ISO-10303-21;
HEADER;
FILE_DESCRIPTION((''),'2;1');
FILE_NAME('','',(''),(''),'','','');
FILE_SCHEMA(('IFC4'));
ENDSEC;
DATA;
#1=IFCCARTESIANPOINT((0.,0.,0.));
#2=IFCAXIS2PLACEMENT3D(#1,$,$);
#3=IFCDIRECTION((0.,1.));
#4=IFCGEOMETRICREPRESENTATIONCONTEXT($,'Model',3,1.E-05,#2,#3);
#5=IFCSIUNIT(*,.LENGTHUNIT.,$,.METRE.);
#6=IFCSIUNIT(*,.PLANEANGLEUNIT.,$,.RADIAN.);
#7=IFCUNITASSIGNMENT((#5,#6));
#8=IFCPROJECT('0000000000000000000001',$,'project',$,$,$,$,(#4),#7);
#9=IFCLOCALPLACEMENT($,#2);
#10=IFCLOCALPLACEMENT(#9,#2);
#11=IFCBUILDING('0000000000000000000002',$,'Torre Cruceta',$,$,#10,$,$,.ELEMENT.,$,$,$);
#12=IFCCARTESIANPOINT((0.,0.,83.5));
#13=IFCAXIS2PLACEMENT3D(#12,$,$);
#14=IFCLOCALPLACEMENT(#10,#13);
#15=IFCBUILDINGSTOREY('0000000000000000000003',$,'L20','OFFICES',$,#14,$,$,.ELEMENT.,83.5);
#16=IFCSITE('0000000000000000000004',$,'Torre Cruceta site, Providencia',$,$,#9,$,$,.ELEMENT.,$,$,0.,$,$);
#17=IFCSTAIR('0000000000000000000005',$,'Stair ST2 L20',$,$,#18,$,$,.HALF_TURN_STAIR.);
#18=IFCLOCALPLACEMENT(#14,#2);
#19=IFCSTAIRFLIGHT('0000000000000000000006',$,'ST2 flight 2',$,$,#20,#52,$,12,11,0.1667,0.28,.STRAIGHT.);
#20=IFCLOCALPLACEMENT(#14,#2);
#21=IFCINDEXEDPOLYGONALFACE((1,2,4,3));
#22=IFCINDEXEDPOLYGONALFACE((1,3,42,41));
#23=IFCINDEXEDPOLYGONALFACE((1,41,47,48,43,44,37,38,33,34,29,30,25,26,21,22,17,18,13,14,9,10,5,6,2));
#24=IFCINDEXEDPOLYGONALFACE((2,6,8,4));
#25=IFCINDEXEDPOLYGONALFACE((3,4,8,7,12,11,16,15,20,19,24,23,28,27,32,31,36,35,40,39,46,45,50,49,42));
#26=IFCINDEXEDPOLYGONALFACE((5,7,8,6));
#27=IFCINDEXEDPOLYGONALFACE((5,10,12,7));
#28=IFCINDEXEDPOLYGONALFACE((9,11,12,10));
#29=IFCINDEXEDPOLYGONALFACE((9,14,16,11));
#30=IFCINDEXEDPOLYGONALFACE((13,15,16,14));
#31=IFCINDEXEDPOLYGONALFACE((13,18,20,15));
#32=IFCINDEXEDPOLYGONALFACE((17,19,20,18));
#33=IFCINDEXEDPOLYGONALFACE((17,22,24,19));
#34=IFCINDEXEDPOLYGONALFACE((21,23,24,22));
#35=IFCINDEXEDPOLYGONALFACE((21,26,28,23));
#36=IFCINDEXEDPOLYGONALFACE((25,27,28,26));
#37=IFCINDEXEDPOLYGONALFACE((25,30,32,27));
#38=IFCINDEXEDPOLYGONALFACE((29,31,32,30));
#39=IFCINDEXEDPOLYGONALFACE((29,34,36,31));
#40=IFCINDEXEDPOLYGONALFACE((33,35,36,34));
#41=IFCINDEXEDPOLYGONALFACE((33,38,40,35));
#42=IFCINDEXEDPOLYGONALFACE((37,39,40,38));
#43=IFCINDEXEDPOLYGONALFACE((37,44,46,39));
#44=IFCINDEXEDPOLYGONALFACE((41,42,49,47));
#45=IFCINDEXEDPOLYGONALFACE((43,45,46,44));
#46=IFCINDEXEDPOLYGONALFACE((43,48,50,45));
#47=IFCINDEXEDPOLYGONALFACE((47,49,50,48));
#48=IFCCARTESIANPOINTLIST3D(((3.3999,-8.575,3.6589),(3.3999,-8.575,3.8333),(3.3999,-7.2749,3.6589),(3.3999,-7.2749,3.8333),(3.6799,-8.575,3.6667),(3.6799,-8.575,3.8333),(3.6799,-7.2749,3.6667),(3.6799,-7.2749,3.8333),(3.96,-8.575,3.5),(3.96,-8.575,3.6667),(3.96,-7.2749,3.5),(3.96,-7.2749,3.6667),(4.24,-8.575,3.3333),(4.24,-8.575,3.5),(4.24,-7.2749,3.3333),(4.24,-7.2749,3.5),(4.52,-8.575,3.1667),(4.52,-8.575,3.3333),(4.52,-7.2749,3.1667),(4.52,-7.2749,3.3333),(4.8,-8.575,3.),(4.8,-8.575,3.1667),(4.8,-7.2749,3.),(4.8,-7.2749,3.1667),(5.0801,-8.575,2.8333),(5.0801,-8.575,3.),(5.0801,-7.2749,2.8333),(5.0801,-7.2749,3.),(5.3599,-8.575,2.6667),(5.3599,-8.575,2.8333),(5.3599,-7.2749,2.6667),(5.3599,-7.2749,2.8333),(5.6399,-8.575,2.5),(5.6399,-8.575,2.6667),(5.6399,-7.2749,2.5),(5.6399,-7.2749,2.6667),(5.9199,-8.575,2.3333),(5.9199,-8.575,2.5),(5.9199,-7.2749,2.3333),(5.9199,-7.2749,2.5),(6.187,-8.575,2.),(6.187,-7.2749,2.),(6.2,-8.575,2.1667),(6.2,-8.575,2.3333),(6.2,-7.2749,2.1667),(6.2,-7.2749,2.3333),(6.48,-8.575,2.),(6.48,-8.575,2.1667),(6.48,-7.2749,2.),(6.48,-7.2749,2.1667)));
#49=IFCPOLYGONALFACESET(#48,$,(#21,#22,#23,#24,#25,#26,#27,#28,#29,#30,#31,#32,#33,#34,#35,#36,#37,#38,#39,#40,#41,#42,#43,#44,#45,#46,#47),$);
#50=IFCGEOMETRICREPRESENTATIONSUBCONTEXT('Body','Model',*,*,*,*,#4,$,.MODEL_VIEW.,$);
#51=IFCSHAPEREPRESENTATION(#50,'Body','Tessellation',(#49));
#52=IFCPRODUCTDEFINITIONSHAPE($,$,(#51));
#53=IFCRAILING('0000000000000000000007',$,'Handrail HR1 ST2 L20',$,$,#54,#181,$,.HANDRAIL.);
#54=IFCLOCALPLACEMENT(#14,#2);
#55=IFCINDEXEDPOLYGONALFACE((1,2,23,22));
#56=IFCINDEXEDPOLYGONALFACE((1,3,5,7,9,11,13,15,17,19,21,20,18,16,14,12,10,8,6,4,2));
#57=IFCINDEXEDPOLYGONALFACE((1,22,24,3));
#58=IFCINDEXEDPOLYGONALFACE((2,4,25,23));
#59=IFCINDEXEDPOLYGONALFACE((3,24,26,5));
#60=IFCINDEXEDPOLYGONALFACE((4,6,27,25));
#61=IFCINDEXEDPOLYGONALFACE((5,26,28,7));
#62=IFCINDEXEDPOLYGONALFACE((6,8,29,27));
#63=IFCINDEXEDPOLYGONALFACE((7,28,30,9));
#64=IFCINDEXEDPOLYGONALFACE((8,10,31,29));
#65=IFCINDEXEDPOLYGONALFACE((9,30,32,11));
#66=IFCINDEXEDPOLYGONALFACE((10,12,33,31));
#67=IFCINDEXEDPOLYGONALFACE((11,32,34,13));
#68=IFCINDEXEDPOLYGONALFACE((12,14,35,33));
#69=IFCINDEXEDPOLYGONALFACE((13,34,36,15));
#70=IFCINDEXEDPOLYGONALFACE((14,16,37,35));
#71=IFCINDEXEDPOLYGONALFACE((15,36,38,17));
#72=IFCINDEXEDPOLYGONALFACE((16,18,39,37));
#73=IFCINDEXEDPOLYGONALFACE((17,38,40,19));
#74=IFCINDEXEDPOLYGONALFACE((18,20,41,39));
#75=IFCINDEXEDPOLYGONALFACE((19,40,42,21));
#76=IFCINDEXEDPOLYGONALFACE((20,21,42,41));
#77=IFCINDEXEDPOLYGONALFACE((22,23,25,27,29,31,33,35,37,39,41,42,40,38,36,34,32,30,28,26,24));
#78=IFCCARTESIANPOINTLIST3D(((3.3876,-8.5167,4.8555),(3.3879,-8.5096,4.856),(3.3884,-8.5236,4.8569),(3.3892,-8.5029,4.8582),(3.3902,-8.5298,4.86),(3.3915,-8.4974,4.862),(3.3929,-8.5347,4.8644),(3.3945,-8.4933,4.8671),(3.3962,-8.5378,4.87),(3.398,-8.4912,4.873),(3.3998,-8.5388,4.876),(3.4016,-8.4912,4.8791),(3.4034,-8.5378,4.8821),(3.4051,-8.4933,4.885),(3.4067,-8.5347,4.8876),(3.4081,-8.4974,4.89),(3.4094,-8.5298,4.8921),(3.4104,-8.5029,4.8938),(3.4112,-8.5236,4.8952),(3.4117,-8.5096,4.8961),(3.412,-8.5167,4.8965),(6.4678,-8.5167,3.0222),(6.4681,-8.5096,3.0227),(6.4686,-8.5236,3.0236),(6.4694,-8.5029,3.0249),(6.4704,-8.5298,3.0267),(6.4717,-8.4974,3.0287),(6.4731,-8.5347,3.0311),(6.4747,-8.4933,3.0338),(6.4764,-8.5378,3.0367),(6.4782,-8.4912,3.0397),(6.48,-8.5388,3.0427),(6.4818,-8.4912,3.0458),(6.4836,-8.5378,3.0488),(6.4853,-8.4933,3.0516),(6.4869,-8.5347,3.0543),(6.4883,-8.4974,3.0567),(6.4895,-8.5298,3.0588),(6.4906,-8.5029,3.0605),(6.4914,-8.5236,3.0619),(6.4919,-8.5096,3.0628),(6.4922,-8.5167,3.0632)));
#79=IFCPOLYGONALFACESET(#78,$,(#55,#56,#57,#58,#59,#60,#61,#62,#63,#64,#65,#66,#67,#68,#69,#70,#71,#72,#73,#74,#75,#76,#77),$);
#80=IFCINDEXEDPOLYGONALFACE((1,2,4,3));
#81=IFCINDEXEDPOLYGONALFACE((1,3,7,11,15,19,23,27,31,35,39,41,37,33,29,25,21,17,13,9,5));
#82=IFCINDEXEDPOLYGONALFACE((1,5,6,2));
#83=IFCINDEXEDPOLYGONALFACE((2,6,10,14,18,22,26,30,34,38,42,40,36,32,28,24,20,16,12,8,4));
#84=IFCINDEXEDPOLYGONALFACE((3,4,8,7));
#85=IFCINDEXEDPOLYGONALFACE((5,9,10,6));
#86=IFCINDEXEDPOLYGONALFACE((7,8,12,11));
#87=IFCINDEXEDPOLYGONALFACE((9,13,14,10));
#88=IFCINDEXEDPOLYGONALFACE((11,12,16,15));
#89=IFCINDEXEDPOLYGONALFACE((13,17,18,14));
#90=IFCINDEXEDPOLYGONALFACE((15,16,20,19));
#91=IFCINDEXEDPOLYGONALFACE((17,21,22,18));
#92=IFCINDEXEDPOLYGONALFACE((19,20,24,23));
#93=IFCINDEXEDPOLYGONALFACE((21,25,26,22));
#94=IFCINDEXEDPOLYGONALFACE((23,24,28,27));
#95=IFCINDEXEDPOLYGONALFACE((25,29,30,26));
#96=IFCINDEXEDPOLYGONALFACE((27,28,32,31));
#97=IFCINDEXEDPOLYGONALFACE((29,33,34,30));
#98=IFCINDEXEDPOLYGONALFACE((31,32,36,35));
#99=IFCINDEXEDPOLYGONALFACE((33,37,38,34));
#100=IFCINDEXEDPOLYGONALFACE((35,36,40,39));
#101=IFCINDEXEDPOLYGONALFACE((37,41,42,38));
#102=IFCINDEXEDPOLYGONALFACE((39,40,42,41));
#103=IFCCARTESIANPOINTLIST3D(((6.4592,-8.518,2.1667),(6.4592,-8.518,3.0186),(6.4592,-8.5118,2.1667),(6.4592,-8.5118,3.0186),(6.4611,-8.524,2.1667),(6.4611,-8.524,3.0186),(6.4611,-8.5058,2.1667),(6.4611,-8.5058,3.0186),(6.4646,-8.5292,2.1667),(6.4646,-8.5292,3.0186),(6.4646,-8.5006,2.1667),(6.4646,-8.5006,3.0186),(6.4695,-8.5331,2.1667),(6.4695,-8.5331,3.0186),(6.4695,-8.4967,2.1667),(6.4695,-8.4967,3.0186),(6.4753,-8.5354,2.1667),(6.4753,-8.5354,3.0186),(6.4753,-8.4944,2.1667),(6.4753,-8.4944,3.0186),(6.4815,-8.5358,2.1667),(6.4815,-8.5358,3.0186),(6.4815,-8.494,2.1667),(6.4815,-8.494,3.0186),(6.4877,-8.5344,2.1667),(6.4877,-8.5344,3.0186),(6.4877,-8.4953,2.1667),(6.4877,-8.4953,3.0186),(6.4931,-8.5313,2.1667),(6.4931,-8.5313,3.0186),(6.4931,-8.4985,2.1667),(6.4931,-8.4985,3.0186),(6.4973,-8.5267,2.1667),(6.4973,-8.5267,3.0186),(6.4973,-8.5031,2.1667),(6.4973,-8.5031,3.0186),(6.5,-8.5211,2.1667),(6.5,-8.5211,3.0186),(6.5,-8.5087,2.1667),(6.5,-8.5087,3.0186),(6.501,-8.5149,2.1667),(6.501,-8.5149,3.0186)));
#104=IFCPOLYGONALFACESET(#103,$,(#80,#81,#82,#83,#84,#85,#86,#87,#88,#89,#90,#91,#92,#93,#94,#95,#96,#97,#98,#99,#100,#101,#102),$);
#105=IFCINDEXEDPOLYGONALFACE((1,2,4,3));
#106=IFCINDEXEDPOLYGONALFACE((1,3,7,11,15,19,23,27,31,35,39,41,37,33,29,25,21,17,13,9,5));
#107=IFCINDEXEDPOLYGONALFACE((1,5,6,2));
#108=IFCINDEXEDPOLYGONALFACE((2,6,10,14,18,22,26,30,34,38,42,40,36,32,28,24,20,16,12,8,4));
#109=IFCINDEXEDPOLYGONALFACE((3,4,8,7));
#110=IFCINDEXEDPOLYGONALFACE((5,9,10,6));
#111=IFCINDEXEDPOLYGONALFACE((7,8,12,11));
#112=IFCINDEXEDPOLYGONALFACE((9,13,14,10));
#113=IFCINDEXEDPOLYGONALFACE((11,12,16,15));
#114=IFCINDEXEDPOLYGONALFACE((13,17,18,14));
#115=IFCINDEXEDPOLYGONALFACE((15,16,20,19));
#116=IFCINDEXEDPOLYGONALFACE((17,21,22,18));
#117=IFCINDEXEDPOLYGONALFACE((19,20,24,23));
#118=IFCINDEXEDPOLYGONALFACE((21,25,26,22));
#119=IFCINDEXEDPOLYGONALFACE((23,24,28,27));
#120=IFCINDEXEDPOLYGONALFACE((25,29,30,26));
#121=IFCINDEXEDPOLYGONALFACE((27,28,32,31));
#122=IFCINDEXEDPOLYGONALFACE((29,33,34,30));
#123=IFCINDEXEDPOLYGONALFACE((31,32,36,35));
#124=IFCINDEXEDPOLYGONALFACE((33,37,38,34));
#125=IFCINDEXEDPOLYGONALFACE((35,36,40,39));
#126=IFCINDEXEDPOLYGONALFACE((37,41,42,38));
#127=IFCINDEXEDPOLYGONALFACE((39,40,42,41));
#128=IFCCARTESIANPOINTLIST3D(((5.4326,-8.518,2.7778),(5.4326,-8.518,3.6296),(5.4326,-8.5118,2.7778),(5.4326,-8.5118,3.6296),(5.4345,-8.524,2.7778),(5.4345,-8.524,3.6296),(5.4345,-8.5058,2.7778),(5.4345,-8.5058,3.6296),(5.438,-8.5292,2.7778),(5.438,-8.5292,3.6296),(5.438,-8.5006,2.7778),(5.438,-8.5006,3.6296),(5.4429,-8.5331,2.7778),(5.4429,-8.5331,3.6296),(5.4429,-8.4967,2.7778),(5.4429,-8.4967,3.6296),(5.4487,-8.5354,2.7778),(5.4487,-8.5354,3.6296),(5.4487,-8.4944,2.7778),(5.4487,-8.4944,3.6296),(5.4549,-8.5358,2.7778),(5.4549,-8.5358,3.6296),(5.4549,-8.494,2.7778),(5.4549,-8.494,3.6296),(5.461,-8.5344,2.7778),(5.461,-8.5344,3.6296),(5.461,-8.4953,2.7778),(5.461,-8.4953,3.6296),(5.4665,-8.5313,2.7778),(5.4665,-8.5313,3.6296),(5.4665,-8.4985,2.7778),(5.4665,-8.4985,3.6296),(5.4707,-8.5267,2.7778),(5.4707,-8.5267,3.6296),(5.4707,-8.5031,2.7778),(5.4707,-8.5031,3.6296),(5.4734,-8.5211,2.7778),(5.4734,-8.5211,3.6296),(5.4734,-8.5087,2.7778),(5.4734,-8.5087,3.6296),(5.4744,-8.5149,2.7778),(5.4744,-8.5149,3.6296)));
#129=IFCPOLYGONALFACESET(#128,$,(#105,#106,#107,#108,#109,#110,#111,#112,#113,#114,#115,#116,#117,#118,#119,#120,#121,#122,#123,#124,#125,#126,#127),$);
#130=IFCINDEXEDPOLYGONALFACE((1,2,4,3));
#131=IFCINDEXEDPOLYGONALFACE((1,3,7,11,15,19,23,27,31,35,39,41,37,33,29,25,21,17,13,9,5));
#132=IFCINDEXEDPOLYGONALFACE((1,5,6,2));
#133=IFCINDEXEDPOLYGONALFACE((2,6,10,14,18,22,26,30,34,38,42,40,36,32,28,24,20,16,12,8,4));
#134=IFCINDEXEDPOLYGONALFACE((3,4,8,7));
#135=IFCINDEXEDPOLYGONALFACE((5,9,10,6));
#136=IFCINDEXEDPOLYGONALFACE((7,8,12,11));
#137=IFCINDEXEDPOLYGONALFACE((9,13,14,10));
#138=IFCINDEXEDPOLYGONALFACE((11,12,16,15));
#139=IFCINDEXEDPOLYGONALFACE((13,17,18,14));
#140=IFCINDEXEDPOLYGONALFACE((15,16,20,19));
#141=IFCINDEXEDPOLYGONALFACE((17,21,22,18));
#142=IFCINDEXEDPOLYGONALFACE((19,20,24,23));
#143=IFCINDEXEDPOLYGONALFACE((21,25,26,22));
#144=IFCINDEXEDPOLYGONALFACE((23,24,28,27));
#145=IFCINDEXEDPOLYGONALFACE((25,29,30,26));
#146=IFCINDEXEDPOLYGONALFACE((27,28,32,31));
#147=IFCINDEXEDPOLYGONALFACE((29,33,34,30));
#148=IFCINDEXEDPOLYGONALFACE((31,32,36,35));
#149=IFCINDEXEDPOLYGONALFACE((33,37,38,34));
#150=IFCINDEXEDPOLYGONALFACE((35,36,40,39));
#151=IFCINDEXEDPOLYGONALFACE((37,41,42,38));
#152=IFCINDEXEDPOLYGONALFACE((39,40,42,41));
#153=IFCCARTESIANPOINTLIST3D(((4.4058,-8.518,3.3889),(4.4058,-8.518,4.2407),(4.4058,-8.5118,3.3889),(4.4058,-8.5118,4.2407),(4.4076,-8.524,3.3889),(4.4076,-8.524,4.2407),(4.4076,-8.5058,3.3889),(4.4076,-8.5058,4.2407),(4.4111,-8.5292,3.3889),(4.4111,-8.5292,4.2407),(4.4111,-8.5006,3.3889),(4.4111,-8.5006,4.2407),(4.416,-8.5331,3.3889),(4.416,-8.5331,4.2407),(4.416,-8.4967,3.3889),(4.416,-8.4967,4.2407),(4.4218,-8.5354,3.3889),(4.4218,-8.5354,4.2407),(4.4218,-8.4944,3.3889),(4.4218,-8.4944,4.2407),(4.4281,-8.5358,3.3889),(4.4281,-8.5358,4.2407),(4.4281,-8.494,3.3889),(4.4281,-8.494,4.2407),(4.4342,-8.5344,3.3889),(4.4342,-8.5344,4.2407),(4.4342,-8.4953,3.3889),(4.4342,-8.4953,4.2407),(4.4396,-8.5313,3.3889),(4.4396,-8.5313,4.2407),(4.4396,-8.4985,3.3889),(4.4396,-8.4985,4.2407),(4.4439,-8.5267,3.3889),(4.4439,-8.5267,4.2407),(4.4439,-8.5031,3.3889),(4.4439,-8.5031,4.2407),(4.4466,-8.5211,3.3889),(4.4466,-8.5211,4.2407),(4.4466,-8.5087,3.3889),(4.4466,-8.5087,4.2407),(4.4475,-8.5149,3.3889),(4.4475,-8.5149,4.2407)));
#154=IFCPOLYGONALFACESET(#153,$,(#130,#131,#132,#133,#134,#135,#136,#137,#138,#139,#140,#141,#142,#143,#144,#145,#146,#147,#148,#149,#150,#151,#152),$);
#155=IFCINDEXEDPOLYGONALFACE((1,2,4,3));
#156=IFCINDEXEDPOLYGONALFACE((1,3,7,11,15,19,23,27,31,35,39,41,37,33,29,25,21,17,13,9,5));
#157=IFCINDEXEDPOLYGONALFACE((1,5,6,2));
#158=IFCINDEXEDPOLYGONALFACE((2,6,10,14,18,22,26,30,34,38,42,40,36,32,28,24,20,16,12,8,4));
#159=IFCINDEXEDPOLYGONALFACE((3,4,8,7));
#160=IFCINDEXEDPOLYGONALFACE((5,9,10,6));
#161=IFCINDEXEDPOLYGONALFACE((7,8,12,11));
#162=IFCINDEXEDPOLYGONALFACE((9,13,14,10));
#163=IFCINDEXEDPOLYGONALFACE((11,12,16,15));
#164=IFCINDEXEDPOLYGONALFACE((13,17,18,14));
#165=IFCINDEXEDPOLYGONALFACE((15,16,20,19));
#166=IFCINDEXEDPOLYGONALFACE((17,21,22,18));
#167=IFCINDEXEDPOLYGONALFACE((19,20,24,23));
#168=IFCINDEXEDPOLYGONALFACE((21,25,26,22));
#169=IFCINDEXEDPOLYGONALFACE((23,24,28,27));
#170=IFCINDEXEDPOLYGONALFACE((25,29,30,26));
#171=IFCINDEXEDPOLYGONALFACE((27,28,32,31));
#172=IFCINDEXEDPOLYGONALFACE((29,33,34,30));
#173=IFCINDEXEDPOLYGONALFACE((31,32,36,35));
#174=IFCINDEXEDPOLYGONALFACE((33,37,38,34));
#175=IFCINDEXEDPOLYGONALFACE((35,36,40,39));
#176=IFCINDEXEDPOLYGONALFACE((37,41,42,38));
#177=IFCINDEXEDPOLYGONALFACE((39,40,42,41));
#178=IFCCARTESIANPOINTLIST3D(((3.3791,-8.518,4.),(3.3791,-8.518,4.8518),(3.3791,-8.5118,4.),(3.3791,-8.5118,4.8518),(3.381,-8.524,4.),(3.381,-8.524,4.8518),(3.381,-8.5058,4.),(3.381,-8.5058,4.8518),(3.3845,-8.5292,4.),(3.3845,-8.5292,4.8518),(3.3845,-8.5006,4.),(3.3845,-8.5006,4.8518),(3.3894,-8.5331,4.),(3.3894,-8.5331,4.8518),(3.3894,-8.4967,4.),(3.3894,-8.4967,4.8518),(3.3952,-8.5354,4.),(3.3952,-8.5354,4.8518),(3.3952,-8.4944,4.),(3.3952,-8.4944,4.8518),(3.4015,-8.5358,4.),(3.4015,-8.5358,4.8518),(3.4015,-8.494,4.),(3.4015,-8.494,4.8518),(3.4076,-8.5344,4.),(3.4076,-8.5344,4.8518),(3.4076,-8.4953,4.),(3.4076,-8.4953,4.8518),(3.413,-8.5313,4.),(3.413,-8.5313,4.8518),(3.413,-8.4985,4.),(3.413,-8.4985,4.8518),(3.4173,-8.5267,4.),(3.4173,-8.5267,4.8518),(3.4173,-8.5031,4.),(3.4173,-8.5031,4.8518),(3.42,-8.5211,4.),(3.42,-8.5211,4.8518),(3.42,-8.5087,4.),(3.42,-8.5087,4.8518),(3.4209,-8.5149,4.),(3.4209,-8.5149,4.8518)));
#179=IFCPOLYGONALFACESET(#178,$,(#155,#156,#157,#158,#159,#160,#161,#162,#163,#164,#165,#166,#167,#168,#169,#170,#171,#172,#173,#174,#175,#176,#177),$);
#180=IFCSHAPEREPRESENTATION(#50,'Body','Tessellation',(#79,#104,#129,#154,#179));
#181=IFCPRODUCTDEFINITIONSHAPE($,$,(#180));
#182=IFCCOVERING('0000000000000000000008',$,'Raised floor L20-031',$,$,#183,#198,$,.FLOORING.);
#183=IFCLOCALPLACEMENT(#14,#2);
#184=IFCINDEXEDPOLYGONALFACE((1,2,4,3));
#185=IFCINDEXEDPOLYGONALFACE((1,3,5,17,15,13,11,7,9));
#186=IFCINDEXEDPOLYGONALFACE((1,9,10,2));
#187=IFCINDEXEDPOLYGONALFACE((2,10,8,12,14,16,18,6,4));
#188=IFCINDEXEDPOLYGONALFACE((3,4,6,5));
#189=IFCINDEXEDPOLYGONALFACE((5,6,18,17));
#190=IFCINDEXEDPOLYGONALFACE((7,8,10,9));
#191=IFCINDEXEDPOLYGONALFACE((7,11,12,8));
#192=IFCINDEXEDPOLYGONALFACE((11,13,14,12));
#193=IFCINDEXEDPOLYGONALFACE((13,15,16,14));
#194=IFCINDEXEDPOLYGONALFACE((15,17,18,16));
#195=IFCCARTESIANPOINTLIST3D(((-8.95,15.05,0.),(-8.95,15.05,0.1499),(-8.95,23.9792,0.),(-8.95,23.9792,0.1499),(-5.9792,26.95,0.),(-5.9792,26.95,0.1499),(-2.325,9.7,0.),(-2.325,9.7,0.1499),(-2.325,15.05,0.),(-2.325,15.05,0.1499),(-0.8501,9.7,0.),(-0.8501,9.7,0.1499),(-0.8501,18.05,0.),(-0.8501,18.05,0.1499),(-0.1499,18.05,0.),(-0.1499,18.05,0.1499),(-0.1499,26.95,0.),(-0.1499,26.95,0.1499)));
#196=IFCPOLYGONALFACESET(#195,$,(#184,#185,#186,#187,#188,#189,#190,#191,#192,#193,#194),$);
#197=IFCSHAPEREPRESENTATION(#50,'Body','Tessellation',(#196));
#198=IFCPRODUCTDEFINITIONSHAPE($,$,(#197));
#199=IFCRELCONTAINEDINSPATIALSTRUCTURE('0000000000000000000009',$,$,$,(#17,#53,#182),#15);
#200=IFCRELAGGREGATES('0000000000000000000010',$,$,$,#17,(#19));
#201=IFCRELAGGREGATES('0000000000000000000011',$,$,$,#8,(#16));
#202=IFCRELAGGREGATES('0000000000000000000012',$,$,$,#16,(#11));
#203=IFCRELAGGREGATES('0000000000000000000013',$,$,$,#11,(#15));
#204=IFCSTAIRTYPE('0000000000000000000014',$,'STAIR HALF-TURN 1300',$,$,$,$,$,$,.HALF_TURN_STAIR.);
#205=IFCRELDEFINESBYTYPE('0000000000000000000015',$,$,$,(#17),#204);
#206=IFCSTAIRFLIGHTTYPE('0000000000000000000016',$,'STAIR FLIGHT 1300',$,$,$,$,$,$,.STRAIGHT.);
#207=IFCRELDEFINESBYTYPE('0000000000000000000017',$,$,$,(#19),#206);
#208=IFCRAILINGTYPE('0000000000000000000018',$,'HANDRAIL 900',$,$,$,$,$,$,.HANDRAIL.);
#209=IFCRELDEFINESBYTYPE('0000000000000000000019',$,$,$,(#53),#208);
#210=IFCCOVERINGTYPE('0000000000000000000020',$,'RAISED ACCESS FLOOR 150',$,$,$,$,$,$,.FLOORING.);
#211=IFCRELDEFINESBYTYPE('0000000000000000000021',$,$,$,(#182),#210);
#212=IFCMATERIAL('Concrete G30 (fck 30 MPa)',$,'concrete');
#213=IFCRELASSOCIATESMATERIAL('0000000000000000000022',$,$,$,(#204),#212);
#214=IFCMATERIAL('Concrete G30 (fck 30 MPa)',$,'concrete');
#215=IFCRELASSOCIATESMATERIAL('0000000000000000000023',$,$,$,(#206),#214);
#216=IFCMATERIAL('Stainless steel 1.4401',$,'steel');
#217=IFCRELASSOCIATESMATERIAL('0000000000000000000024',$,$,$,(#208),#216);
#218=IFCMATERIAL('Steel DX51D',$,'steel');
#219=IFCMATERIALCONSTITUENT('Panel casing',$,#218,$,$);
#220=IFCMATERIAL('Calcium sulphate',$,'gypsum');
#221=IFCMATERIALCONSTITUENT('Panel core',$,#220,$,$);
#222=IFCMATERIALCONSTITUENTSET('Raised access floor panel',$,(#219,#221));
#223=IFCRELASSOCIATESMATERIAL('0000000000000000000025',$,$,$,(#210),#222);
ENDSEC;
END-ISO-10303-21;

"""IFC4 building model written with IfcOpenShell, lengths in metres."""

from ifc_helpers import new_model, si_unit, direction, frame, origin, origin_2d, place, context, subcontext, project, spatial, polyline, circle, outline, extrude, material, constituent, constituent_set, type_object, element, aggregate, save


model = new_model("IFC4")

# Units and contexts
model_context = context("Model", 3, precision=1e-05, world=origin(), true_north=direction((0.0, 1.0)))
body_context = subcontext(model_context, "Body", "Model", "MODEL_VIEW")
ifc_project = project(units=[si_unit("LENGTHUNIT", "METRE"), si_unit("PLANEANGLEUNIT", "RADIAN")], contexts=[model_context])

# Site, building, storey
site_placement = place(None, origin())
site = spatial("IfcSite", under=ifc_project, at=site_placement, Name="Torre Cruceta site, Providencia", CompositionType="ELEMENT", RefElevation=0.0)
building_placement = place(site_placement, origin())
building = spatial("IfcBuilding", under=site, at=building_placement, Name="Torre Cruceta", CompositionType="ELEMENT")
storey_placement = place(building_placement, frame((0.0, 0.0, 83.5)))
storey = spatial("IfcBuildingStorey", under=building, at=storey_placement, Name="L20", Description="OFFICES", CompositionType="ELEMENT", Elevation=83.5)

# Stair, stair flight
ifc_material_1 = material(Name="Concrete G30 (fck 30 MPa)", Category="concrete")
stair_type = type_object("IfcStairType", Name="STAIR HALF-TURN 1300", PredefinedType="HALF_TURN_STAIR", material=ifc_material_1)
stair_placement = place(storey_placement, origin())
stair = element("IfcStair", 1, at=stair_placement, inside=storey, type_object=stair_type, Name="Stair ST2 L20", PredefinedType="HALF_TURN_STAIR")
ifc_material_2 = material(Name="Concrete G30 (fck 30 MPa)", Category="concrete")
stair_flight_type = type_object("IfcStairFlightType", Name="STAIR FLIGHT 1300", PredefinedType="STRAIGHT", material=ifc_material_2)
stair_flight_1_placement = place(storey_placement, frame((6.48, -7.925, 2.0), z_axis=(0.0, 0.0, 1.0), x_axis=(-1.0, 0.0, 0.0)))
stair_flight_1 = element("IfcStairFlight", 2, at=stair_flight_1_placement, type_object=stair_flight_type, Name="ST2 flight 2", NumberOfRisers=12, NumberOfTreads=11, PredefinedType="STRAIGHT", RiserHeight=0.1667, TreadLength=0.28, context=body_context, shape_type="SweptSolid", body=[
    extrude(outline(polyline([(0.0, 0.0), (0.0, 0.1667), (0.28, 0.1667), (0.28, 0.3333), (0.5601, 0.3333), (0.5601, 0.5), (0.8401, 0.5), (0.8401, 0.6667), (1.1201, 0.6667), (1.1201, 0.8333), (1.3999, 0.8333), (1.3999, 1.0), (1.6799, 1.0), (1.6799, 1.1667), (1.96, 1.1667), (1.96, 1.3333), (2.24, 1.3333), (2.24, 1.5), (2.52, 1.5), (2.52, 1.6667), (2.8, 1.6667), (2.8, 1.8333), (3.0801, 1.8333), (3.0801, 2.0), (3.0801, 1.6589), (0.293, 0.0), (0.0, 0.0)])), frame((0.0, 0.6499, 0.0), z_axis=(0.0, -1.0, 0.0), x_axis=(1.0, 0.0, 0.0)), (0.0, 0.0, 1.0), 1.3),
])
aggregate(stair, [stair_flight_1])

# Railing
ifc_material_3 = material(Name="Stainless steel 1.4401", Category="steel")
railing_type = type_object("IfcRailingType", Name="HANDRAIL 900", PredefinedType="HANDRAIL", material=ifc_material_3)
railing_1_placement = place(storey_placement, frame((6.48, -8.5149, 2.1667)))
element("IfcRailing", 3, at=railing_1_placement, inside=storey, type_object=railing_type, Name="Handrail HR1 ST2 L20", PredefinedType="HANDRAIL", context=body_context, shape_type="SweptSolid", body=[
    extrude(circle(Radius=0.0239, at=origin_2d()), frame((0.0, 0.0, 0.876), z_axis=(-0.859309, 0.0, 0.511458), x_axis=(0.0, -1.0, 0.0)), (0.0, 0.0, 1.0), 3.5845),
    extrude(circle(Radius=0.021, at=origin_2d()), origin(), (0.0, 0.0, 1.0), 0.8518),
    extrude(circle(Radius=0.021, at=origin_2d()), frame((-1.0266, 0.0, 0.6111)), (0.0, 0.0, 1.0), 0.8518),
    extrude(circle(Radius=0.021, at=origin_2d()), frame((-2.0535, 0.0, 1.2222)), (0.0, 0.0, 1.0), 0.8518),
    extrude(circle(Radius=0.021, at=origin_2d()), frame((-3.0801, 0.0, 1.8333)), (0.0, 0.0, 1.0), 0.8518),
])

# Covering
ifc_material_4 = material(Name="Steel DX51D", Category="steel")
ifc_constituent_1 = constituent(ifc_material_4, Name="Panel casing")
ifc_material_5 = material(Name="Calcium sulphate", Category="gypsum")
ifc_constituent_2 = constituent(ifc_material_5, Name="Panel core")
ifc_constituent_set_1 = constituent_set(constituents=[ifc_constituent_1, ifc_constituent_2], Name="Raised access floor panel")
covering_type_1 = type_object("IfcCoveringType", Name="RAISED ACCESS FLOOR 150", PredefinedType="FLOORING", material=ifc_constituent_set_1)
covering_1_placement = place(storey_placement, origin())
element("IfcCovering", 4, at=covering_1_placement, inside=storey, type_object=covering_type_1, Name="Raised floor L20-031", PredefinedType="FLOORING", context=body_context, shape_type="SweptSolid", body=[
    extrude(outline(polyline([(-0.1499, 26.95), (-0.1499, 18.05), (-0.8501, 18.05), (-0.8501, 9.7), (-2.325, 9.7), (-2.325, 15.05), (-8.95, 15.05), (-8.95, 23.9792), (-5.9792, 26.95), (-0.1499, 26.95)])), origin(), (0.0, 0.0, 1.0), 0.1499),
])

save(model, "model.ifc")
